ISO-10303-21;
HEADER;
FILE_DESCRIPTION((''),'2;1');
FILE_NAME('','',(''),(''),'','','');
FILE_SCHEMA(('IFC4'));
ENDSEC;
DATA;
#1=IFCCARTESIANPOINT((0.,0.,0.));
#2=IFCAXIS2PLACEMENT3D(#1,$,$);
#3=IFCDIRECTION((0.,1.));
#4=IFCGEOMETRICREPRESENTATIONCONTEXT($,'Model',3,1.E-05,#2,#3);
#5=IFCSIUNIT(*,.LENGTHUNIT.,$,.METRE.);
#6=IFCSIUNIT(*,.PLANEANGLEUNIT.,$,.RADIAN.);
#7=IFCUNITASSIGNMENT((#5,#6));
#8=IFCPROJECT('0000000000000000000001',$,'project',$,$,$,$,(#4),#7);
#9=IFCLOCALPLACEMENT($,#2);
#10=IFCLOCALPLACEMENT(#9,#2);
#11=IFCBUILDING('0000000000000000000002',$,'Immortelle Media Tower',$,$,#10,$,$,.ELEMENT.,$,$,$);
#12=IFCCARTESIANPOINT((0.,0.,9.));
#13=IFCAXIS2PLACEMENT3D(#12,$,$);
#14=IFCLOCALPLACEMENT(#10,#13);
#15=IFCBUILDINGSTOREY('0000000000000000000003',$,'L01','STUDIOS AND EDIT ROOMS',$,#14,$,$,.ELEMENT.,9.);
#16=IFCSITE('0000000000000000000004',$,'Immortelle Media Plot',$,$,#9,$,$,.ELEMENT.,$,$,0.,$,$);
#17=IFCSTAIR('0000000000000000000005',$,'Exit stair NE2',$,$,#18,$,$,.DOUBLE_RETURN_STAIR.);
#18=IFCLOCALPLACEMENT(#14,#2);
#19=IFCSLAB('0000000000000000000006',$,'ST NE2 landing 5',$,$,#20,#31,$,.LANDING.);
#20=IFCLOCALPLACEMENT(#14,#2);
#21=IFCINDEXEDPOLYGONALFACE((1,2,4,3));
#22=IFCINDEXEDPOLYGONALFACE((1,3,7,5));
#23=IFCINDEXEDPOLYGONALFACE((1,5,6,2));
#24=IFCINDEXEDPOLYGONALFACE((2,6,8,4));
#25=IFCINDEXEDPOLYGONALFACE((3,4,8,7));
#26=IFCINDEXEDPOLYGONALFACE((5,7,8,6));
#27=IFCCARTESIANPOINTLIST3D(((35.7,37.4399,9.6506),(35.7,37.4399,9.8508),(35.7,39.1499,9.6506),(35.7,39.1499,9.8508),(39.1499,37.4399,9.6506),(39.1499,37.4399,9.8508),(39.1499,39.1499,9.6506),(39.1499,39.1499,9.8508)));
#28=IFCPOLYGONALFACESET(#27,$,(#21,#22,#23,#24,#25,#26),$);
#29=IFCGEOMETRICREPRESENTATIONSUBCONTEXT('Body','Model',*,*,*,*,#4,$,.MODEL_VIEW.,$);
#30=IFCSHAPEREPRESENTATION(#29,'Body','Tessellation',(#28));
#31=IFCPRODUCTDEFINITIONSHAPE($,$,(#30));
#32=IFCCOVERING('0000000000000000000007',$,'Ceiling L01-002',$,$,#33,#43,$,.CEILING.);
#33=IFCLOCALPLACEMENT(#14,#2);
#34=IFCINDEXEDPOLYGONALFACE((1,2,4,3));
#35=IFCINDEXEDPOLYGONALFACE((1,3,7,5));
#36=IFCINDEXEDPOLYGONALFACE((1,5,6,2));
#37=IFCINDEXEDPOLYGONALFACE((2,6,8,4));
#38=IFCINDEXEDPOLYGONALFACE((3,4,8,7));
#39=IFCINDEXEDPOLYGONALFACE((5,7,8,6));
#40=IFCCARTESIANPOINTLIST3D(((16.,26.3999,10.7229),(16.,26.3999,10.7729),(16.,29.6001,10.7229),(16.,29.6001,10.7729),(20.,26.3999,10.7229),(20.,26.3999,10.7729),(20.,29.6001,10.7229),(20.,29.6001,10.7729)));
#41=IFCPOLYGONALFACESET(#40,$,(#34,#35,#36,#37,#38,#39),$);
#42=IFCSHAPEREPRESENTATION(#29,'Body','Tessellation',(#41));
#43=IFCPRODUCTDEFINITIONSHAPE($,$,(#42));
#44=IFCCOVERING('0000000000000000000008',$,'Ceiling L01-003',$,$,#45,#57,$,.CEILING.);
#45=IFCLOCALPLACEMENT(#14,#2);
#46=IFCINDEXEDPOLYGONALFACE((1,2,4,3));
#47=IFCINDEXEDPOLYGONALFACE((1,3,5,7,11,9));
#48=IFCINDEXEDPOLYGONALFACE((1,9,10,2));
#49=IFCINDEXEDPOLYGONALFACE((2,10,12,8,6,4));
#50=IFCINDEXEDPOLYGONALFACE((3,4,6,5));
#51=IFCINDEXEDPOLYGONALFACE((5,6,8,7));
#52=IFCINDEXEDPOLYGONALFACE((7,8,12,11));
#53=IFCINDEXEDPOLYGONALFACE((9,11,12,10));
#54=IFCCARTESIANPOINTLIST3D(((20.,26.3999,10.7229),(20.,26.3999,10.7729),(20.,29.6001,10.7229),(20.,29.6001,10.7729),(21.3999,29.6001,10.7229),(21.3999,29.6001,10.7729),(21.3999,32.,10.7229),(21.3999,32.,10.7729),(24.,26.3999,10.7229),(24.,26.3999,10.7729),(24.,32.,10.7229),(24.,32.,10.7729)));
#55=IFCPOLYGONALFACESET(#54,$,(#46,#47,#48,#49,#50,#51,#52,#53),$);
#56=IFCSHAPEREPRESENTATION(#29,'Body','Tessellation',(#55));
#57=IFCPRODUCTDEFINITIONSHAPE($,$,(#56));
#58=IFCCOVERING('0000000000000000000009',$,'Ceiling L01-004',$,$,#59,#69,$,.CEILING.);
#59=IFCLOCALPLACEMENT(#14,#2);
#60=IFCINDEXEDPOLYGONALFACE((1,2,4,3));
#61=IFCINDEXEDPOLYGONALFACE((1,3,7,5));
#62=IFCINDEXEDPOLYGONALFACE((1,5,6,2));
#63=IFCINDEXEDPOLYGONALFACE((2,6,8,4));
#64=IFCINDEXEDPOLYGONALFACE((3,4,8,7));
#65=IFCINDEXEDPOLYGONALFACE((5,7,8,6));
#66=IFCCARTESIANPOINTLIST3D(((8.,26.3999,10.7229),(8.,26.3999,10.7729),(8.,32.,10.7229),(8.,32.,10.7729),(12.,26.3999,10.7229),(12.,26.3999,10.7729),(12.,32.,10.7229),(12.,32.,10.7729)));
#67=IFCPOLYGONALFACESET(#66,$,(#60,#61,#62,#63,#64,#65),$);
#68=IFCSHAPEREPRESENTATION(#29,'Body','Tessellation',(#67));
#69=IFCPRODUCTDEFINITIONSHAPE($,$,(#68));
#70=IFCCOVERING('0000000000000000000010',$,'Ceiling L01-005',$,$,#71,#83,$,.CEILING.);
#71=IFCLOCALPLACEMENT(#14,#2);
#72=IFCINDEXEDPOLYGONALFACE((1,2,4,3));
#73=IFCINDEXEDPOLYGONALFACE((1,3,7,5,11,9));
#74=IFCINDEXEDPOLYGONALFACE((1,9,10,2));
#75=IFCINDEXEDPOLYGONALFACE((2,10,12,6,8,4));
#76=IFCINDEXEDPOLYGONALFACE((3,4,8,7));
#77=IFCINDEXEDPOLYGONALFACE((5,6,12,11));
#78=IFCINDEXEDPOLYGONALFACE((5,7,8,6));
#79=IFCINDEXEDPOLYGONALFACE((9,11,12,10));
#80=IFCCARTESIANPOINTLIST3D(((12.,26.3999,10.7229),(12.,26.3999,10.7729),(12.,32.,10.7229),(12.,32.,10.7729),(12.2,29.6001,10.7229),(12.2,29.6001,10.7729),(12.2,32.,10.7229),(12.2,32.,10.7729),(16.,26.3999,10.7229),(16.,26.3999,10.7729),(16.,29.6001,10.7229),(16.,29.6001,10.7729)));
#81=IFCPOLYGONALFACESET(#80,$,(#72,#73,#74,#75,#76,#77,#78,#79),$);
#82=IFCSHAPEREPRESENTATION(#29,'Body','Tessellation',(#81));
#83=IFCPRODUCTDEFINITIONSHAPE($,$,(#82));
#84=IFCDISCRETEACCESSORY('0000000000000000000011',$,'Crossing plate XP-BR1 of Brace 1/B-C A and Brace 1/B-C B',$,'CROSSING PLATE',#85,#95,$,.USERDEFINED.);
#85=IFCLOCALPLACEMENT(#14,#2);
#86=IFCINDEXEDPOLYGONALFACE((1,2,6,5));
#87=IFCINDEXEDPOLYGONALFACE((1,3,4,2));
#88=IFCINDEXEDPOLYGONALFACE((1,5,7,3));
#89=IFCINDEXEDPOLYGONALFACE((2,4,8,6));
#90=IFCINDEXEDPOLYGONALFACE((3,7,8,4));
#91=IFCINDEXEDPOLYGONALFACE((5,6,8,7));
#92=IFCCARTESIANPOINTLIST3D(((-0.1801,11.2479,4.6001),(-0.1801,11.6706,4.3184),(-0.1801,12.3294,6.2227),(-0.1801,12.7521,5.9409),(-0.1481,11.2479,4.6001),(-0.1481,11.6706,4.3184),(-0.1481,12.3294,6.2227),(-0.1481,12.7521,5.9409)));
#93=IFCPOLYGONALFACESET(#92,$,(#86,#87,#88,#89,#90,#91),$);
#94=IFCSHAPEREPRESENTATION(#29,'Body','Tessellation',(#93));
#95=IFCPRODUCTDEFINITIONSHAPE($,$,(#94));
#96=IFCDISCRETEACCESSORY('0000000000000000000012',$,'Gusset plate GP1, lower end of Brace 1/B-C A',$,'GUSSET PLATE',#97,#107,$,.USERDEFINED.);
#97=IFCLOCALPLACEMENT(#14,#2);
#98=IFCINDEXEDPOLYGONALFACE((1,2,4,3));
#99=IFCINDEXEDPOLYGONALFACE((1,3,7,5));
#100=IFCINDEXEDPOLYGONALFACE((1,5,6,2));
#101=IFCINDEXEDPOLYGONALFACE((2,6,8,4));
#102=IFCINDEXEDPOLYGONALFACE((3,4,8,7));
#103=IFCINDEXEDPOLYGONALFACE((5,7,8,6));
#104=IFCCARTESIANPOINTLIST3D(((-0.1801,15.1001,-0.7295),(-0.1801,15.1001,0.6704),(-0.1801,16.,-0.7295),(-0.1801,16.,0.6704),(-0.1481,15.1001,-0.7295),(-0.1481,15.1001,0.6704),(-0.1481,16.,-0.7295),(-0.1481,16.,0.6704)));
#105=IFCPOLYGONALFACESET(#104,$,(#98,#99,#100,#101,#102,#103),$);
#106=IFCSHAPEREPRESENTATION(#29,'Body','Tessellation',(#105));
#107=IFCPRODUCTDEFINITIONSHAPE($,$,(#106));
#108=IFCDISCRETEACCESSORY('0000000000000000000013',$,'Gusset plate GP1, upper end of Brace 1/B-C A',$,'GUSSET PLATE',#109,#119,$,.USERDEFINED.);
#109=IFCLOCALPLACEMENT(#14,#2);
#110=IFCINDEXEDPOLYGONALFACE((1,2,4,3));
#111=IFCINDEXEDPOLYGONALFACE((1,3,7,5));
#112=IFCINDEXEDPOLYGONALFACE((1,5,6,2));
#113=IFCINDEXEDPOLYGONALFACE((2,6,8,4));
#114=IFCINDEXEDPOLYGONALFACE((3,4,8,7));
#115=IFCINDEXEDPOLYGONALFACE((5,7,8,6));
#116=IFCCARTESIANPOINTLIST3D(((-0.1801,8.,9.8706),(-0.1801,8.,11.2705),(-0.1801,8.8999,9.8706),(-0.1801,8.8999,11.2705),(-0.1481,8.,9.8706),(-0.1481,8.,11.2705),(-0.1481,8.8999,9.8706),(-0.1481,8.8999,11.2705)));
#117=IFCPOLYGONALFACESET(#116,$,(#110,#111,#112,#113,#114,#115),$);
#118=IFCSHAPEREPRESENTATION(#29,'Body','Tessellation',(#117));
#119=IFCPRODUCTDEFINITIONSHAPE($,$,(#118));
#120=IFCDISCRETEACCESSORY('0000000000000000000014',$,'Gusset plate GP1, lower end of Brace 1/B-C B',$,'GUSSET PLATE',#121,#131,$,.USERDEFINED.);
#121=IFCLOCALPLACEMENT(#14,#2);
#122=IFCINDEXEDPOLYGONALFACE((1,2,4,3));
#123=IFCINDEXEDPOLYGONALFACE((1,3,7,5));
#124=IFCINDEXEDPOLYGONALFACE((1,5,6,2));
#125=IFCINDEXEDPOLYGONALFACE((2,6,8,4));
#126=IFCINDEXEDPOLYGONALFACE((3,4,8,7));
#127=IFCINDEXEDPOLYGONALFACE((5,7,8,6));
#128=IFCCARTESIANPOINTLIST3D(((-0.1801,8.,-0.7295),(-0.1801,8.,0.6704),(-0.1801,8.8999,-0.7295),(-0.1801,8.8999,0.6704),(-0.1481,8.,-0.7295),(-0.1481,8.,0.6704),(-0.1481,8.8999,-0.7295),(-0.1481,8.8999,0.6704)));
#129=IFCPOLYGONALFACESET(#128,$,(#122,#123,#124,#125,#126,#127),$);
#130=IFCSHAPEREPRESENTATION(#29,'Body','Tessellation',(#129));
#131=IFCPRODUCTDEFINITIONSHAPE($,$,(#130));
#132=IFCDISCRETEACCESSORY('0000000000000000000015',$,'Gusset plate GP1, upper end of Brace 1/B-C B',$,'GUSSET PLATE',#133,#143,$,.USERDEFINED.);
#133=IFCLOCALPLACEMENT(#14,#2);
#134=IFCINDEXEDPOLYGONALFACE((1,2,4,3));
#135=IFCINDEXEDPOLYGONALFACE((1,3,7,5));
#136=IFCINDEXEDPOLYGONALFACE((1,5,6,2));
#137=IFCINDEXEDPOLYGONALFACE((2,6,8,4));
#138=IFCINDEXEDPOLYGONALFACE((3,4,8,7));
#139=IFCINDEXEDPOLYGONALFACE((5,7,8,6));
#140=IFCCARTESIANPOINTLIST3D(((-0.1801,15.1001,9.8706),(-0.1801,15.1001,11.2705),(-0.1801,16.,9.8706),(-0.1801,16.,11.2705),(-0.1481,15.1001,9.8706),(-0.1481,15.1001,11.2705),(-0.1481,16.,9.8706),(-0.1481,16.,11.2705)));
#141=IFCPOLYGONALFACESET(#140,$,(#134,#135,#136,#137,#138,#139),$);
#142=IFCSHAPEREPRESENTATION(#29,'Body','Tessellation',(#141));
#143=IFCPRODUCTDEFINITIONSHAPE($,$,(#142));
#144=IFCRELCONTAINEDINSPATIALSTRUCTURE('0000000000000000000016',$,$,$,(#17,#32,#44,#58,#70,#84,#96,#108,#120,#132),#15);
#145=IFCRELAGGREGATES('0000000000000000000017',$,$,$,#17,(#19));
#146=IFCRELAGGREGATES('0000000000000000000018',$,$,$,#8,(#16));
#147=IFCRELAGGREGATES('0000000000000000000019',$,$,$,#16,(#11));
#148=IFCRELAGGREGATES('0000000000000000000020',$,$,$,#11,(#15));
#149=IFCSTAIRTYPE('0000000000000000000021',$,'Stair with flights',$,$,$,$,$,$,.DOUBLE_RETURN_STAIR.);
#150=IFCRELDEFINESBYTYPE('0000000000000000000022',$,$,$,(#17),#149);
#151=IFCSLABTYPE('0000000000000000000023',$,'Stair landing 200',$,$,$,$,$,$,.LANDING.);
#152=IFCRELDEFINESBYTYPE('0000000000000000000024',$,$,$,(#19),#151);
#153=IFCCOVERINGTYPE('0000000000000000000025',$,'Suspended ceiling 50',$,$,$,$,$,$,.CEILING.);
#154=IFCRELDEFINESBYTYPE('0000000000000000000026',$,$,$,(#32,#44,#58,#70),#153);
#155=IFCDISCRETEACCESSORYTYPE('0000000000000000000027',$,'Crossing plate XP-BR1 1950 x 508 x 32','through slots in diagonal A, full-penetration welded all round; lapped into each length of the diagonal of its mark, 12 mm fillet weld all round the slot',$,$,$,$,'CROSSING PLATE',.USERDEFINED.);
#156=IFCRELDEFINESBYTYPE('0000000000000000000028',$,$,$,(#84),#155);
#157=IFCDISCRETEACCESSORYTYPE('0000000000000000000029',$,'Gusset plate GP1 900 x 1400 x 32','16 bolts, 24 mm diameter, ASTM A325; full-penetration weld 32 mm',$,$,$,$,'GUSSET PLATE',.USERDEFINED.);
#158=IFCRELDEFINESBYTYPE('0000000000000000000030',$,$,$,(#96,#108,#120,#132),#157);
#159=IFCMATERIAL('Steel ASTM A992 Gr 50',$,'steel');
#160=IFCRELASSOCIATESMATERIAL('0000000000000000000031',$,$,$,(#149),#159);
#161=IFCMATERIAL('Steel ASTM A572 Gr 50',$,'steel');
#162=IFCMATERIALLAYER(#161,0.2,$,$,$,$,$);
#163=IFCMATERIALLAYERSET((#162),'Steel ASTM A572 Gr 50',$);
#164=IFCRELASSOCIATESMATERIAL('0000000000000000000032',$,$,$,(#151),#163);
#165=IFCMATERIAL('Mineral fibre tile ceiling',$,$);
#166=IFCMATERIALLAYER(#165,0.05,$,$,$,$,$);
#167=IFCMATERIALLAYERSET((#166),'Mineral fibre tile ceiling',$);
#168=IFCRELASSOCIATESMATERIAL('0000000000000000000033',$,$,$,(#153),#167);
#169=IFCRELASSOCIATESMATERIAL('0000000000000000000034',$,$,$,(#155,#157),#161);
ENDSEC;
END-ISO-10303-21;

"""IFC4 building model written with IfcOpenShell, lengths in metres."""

from ifc_helpers import new_model, si_unit, direction, frame, origin, origin_2d, place, context, subcontext, project, spatial, polyline, rectangle, outline, extrude, material, layer, layer_set, material_profile, profile_set, type_object, element, aggregate, save


model = new_model("IFC4")

# Units and contexts
model_context = context("Model", 3, precision=1e-05, world=origin(), true_north=direction((0.0, 1.0)))
body_context = subcontext(model_context, "Body", "Model", "MODEL_VIEW")
ifc_project = project(units=[si_unit("LENGTHUNIT", "METRE"), si_unit("PLANEANGLEUNIT", "RADIAN")], contexts=[model_context])

# Site, building, storey
site_placement = place(None, origin())
site = spatial("IfcSite", under=ifc_project, at=site_placement, Name="Immortelle Media Plot", CompositionType="ELEMENT", RefElevation=0.0)
building_placement = place(site_placement, origin())
building = spatial("IfcBuilding", under=site, at=building_placement, Name="Immortelle Media Tower", CompositionType="ELEMENT")
storey_placement = place(building_placement, frame((0.0, 0.0, 9.0)))
storey = spatial("IfcBuildingStorey", under=building, at=storey_placement, Name="L01", Description="STUDIOS AND EDIT ROOMS", CompositionType="ELEMENT", Elevation=9.0)

# Shared definitions
ifc_material_1 = material(Name="Steel ASTM A992 Gr 50", Category="steel")

# Stair, slab
stair_type = type_object("IfcStairType", Name="Stair with flights", PredefinedType="DOUBLE_RETURN_STAIR", material=ifc_material_1)
ifc_material_2 = material(Name="Steel ASTM A572 Gr 50", Category="steel")
ifc_layer_1 = layer(ifc_material_2, 0.2)
ifc_layer_set_1 = layer_set([ifc_layer_1], Name="Steel ASTM A572 Gr 50")
slab_type_1 = type_object("IfcSlabType", Name="Stair landing 200", PredefinedType="LANDING", material=ifc_layer_set_1)
stair_1_placement = place(storey_placement, origin())
stair_1 = element("IfcStair", 1, at=stair_1_placement, inside=storey, type_object=stair_type, Name="Exit stair NE2", PredefinedType="DOUBLE_RETURN_STAIR")
slab_1_placement = place(storey_placement, frame((0.0, 0.0, 9.6506)))
slab_1 = element("IfcSlab", 2, at=slab_1_placement, type_object=slab_type_1, Name="ST NE2 landing 5", PredefinedType="LANDING", context=body_context, shape_type="SweptSolid", body=[
    extrude(outline(polyline([(35.7, 37.4399), (39.1499, 37.4399), (39.1499, 39.1499), (35.7, 39.1499), (35.7, 37.4399)])), origin(), (0.0, 0.0, 1.0), 0.2002),
])
aggregate(stair_1, [slab_1])

# Coverings
ifc_material_3 = material(Name="Mineral fibre tile ceiling")
ifc_layer_2 = layer(ifc_material_3, 0.05)
ifc_layer_set_2 = layer_set([ifc_layer_2], Name="Mineral fibre tile ceiling")
covering_type = type_object("IfcCoveringType", Name="Suspended ceiling 50", PredefinedType="CEILING", material=ifc_layer_set_2)
covering_1_placement = place(storey_placement, frame((0.0, 0.0, 10.7229)))
element("IfcCovering", 3, at=covering_1_placement, inside=storey, type_object=covering_type, Name="Ceiling L01-002", PredefinedType="CEILING", context=body_context, shape_type="SweptSolid", body=[
    extrude(outline(polyline([(16.0, 29.6001), (20.0, 29.6001), (20.0, 26.3999), (16.0, 26.3999), (16.0, 29.6001)])), origin(), (0.0, 0.0, 1.0), 0.05),
])
covering_2_placement = place(storey_placement, frame((0.0, 0.0, 10.7229)))
element("IfcCovering", 4, at=covering_2_placement, inside=storey, type_object=covering_type, Name="Ceiling L01-003", PredefinedType="CEILING", context=body_context, shape_type="SweptSolid", body=[
    extrude(outline(polyline([(21.3999, 29.6001), (21.3999, 32.0), (24.0, 32.0), (24.0, 26.3999), (20.0, 26.3999), (20.0, 29.6001), (21.3999, 29.6001)])), origin(), (0.0, 0.0, 1.0), 0.05),
])
covering_3_placement = place(storey_placement, frame((0.0, 0.0, 10.7229)))
element("IfcCovering", 5, at=covering_3_placement, inside=storey, type_object=covering_type, Name="Ceiling L01-004", PredefinedType="CEILING", context=body_context, shape_type="SweptSolid", body=[
    extrude(outline(polyline([(8.0, 32.0), (12.0, 32.0), (12.0, 26.3999), (8.0, 26.3999), (8.0, 32.0)])), origin(), (0.0, 0.0, 1.0), 0.05),
])
covering_4_placement = place(storey_placement, frame((0.0, 0.0, 10.7229)))
element("IfcCovering", 6, at=covering_4_placement, inside=storey, type_object=covering_type, Name="Ceiling L01-005", PredefinedType="CEILING", context=body_context, shape_type="SweptSolid", body=[
    extrude(outline(polyline([(12.2, 32.0), (12.2, 29.6001), (16.0, 29.6001), (16.0, 26.3999), (12.0, 26.3999), (12.0, 32.0), (12.2, 32.0)])), origin(), (0.0, 0.0, 1.0), 0.05),
])

# Discrete accessories
ifc_material_profile_1 = material_profile(ifc_material_2, rectangle(XDim=0.032, YDim=0.5081, at=origin_2d()), Name="PL 32 x 508")
ifc_profile_set_1 = profile_set([ifc_material_profile_1], Name="Steel ASTM A572 Gr 50")
discrete_accessory_type_1 = type_object("IfcDiscreteAccessoryType", Name="Crossing plate XP-BR1 1950 x 508 x 32", Description="through slots in diagonal A, full-penetration welded all round; lapped into each length of the diagonal of its mark, 12 mm fillet weld all round the slot", ElementType="CROSSING PLATE", PredefinedType="USERDEFINED", material=ifc_profile_set_1)
discrete_accessory_placement = place(storey_placement, frame((-0.1641, 12.5408, 6.0818), z_axis=(0.0, -0.554642, -0.832089), x_axis=(1.0, 0.0, 0.0)))
element("IfcDiscreteAccessory", 7, at=discrete_accessory_placement, inside=storey, type_object=discrete_accessory_type_1, Name="Crossing plate XP-BR1 of Brace 1/B-C A and Brace 1/B-C B", ObjectType="CROSSING PLATE", PredefinedType="USERDEFINED", context=body_context, shape_type="SweptSolid", body=[
    extrude(rectangle(XDim=0.032, YDim=0.5081, at=origin_2d()), origin(), (0.0, 0.0, 1.0), 1.95),
])
ifc_material_profile_2 = material_profile(ifc_material_2, rectangle(XDim=0.032, YDim=1.3999, at=origin_2d()), Name="PL 32 x 1400")
ifc_profile_set_2 = profile_set([ifc_material_profile_2], Name="Steel ASTM A572 Gr 50")
discrete_accessory_type_2 = type_object("IfcDiscreteAccessoryType", Name="Gusset plate GP1 900 x 1400 x 32", Description="16 bolts, 24 mm diameter, ASTM A325; full-penetration weld 32 mm", ElementType="GUSSET PLATE", PredefinedType="USERDEFINED", material=ifc_profile_set_2)
for number, where, z_axis, x_axis, name in (
    (8, (-0.1641, 16.0, -0.0295), (0.0, -1.0, 0.0), (1.0, 0.0, 0.0), "Gusset plate GP1, lower end of Brace 1/B-C A"),
    (9, (-0.1641, 8.0, 10.5706), (0.0, 1.0, 0.0), (-1.0, 0.0, 0.0), "Gusset plate GP1, upper end of Brace 1/B-C A"),
    (10, (-0.1641, 8.0, -0.0295), (0.0, 1.0, 0.0), (-1.0, 0.0, 0.0), "Gusset plate GP1, lower end of Brace 1/B-C B"),
    (11, (-0.1641, 16.0, 10.5706), (0.0, -1.0, 0.0), (1.0, 0.0, 0.0), "Gusset plate GP1, upper end of Brace 1/B-C B"),
):
    element("IfcDiscreteAccessory", number, at=place(storey_placement, frame(where, z_axis=z_axis, x_axis=x_axis)), inside=storey, type_object=discrete_accessory_type_2, Name=name, ObjectType="GUSSET PLATE", PredefinedType="USERDEFINED", context=body_context, shape_type="SweptSolid", body=[
        extrude(rectangle(XDim=0.032, YDim=1.3999, at=origin_2d()), origin(), (0.0, 0.0, 1.0), 0.8999),
    ])

save(model, "model.ifc")
